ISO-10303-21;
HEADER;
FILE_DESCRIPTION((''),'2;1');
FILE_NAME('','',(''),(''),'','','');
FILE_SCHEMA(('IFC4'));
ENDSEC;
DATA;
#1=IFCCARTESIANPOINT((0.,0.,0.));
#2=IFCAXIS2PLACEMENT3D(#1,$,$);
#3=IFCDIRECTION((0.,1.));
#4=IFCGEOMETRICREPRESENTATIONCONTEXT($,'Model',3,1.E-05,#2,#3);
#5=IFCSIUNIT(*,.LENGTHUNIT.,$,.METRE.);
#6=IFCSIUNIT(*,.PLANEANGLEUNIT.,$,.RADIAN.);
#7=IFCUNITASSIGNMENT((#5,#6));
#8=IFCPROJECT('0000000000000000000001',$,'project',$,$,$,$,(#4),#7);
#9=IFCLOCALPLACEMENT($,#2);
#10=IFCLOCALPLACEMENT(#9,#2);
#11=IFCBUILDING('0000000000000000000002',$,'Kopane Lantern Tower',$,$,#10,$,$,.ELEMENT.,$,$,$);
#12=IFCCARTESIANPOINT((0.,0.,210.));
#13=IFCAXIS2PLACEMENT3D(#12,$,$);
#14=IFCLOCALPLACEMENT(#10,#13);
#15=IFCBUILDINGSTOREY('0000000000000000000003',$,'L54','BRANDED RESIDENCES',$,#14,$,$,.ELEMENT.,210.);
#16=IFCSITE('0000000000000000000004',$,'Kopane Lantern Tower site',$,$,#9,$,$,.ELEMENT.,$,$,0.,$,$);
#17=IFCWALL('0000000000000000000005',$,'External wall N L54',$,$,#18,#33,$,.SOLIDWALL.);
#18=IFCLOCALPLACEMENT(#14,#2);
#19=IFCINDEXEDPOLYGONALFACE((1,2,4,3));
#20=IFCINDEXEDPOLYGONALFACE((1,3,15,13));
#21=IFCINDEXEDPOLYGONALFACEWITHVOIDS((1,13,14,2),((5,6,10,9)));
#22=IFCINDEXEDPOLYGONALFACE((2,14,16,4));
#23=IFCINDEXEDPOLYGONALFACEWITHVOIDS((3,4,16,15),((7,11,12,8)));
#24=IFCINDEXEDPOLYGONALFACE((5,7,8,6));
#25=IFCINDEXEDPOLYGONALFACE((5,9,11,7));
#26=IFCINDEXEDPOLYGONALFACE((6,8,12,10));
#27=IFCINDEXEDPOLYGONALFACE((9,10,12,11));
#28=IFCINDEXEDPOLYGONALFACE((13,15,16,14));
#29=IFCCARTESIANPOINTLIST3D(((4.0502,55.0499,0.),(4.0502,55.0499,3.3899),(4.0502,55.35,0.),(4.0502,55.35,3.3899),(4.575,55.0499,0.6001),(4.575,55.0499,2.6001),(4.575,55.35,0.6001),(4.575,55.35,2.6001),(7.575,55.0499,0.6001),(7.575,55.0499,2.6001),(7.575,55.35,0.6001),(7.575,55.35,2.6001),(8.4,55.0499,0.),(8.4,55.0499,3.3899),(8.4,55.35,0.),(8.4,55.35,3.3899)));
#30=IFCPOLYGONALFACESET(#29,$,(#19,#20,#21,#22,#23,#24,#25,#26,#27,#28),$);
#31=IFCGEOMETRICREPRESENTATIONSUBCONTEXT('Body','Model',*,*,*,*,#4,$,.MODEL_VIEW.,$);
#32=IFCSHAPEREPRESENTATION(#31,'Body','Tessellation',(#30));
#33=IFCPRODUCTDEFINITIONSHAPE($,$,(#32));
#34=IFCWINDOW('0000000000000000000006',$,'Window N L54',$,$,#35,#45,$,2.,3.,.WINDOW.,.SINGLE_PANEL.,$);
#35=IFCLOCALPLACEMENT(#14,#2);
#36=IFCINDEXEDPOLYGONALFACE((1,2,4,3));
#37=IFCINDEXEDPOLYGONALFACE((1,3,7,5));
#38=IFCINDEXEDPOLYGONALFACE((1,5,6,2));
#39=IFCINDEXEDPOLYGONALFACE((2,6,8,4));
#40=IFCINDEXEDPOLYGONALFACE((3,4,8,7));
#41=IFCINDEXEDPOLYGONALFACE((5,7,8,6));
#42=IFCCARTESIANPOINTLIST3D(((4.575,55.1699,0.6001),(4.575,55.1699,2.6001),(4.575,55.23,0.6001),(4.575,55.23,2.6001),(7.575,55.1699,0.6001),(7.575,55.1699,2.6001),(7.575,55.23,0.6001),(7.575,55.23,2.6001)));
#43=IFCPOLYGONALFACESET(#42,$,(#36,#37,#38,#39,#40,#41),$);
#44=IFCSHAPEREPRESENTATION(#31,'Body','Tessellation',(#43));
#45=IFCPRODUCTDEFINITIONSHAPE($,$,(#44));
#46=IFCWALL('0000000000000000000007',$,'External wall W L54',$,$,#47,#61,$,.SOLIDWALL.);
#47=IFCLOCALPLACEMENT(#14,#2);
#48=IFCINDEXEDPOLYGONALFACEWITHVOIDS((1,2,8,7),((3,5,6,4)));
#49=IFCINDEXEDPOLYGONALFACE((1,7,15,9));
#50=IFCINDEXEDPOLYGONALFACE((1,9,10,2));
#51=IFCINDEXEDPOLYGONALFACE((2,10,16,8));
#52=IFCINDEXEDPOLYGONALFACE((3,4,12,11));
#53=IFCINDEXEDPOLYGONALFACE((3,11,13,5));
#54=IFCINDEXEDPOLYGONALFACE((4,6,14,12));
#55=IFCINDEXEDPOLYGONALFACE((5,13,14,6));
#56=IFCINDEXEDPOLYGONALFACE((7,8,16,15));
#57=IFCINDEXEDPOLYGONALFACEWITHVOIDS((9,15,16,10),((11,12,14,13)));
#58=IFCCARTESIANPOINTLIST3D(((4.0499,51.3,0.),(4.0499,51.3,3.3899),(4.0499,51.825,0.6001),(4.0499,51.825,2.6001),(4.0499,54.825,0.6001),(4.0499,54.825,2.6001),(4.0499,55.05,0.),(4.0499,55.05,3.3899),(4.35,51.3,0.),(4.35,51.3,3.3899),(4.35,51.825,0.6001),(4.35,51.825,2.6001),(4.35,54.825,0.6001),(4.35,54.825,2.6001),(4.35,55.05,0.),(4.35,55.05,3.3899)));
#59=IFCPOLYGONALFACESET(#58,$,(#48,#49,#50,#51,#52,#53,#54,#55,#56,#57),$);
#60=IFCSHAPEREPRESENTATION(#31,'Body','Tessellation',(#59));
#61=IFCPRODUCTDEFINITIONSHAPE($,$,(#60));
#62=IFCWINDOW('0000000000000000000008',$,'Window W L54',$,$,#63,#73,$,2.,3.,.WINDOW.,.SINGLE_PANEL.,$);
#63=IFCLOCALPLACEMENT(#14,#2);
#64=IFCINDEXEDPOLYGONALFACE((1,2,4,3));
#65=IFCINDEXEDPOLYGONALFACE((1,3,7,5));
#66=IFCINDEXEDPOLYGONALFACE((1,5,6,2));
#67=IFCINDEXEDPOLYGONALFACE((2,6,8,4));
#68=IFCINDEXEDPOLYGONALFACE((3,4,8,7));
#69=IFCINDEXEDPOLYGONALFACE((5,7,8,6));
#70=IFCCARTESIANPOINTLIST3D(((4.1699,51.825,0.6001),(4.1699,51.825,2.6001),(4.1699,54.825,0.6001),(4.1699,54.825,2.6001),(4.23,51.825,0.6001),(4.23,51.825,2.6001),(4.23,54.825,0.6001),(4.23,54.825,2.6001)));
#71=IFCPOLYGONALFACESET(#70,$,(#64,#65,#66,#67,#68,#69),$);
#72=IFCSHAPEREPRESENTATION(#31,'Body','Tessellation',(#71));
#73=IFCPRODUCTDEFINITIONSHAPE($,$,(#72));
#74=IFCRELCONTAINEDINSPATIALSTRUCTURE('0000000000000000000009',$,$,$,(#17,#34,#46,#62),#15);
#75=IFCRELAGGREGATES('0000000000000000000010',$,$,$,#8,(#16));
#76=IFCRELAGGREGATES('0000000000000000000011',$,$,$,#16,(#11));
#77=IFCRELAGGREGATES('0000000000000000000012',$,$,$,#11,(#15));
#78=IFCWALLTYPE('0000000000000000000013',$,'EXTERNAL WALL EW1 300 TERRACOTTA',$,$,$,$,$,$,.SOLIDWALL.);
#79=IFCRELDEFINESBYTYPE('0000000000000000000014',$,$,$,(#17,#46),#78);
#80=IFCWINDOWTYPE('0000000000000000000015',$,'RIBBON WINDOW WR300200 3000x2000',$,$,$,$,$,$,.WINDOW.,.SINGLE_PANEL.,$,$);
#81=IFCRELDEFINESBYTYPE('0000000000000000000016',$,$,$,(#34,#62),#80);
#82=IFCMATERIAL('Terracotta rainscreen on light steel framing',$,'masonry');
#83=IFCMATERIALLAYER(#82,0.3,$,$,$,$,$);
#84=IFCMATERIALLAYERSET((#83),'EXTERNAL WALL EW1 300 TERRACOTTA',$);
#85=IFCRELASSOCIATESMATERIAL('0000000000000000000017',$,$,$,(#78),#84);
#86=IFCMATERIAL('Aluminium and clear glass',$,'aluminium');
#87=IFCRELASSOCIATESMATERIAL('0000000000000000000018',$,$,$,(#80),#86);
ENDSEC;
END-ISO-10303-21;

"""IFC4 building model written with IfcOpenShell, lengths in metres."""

from ifc_helpers import new_model, si_unit, direction, frame, frame_2d, origin, place, context, subcontext, project, spatial, rectangle, extrude, material, layer, layer_set, type_object, element, fill, save


model = new_model("IFC4")

# Units and contexts
model_context = context("Model", 3, precision=1e-05, world=origin(), true_north=direction((0.0, 1.0)))
body_context = subcontext(model_context, "Body", "Model", "MODEL_VIEW")
ifc_project = project(units=[si_unit("LENGTHUNIT", "METRE"), si_unit("PLANEANGLEUNIT", "RADIAN")], contexts=[model_context])

# Site, building, storey
site_placement = place(None, origin())
site = spatial("IfcSite", under=ifc_project, at=site_placement, Name="Kopane Lantern Tower site", CompositionType="ELEMENT", RefElevation=0.0)
building_placement = place(site_placement, origin())
building = spatial("IfcBuilding", under=site, at=building_placement, Name="Kopane Lantern Tower", CompositionType="ELEMENT")
storey_placement = place(building_placement, frame((0.0, 0.0, 210.0)))
storey = spatial("IfcBuildingStorey", under=building, at=storey_placement, Name="L54", Description="BRANDED RESIDENCES", CompositionType="ELEMENT", Elevation=210.0)

# Walls, openings, windows
ifc_material_1 = material(Name="Terracotta rainscreen on light steel framing", Category="masonry")
ifc_layer_1 = layer(ifc_material_1, 0.3)
ifc_layer_set_1 = layer_set([ifc_layer_1], Name="EXTERNAL WALL EW1 300 TERRACOTTA")
wall_type_1 = type_object("IfcWallType", Name="EXTERNAL WALL EW1 300 TERRACOTTA", PredefinedType="SOLIDWALL", material=ifc_layer_set_1)
ifc_material_2 = material(Name="Aluminium and clear glass", Category="aluminium")
window_type = type_object("IfcWindowType", Name="RIBBON WINDOW WR300200 3000x2000", PartitioningType="SINGLE_PANEL", PredefinedType="WINDOW", material=ifc_material_2)
wall_1_placement = place(storey_placement, frame((8.3999, 55.2, 0.0), z_axis=(0.0, 0.0, 1.0), x_axis=(-1.0, 0.0, 0.0)))
wall_1 = element("IfcWall", 1, at=wall_1_placement, inside=storey, type_object=wall_type_1, Name="External wall N L54", PredefinedType="SOLIDWALL", context=body_context, shape_type="SweptSolid", body=[
    extrude(rectangle(XDim=4.3499, YDim=0.3, at=frame_2d((2.1748, 0.0))), origin(), (0.0, 0.0, 1.0), 3.3899),
])
opening_1_placement = place(wall_1_placement, frame((0.825, 0.0, 0.6001)))
opening_1 = element("IfcOpeningElement", 2, at=opening_1_placement, cuts=wall_1, PredefinedType="OPENING", context=body_context, shape_type="SweptSolid", body=[
    extrude(rectangle(XDim=3.0, YDim=2.0, at=frame_2d((1.5, 1.0))), frame((0.0, 0.1599, 0.0), z_axis=(0.0, -1.0, 0.0), x_axis=(1.0, 0.0, 0.0)), (0.0, 0.0, 1.0), 0.3201),
])
window_1_placement = place(opening_1_placement, origin())
window_1 = element("IfcWindow", 3, at=window_1_placement, inside=storey, type_object=window_type, Name="Window N L54", OverallHeight=2.0, OverallWidth=3.0, PartitioningType="SINGLE_PANEL", PredefinedType="WINDOW", context=body_context, shape_type="SweptSolid", body=[
    extrude(rectangle(XDim=3.0, YDim=2.0, at=frame_2d((1.5, 1.0))), frame((0.0, 0.03, 0.0), z_axis=(0.0, -1.0, 0.0), x_axis=(1.0, 0.0, 0.0)), (0.0, 0.0, 1.0), 0.0601),
])
fill(opening_1, window_1)
wall_2_placement = place(storey_placement, frame((4.2, 55.05, 0.0), z_axis=(0.0, 0.0, 1.0), x_axis=(0.0, -1.0, 0.0)))
wall_2 = element("IfcWall", 4, at=wall_2_placement, inside=storey, type_object=wall_type_1, Name="External wall W L54", PredefinedType="SOLIDWALL", context=body_context, shape_type="SweptSolid", body=[
    extrude(rectangle(XDim=3.75, YDim=0.3, at=frame_2d((1.875, 0.0))), origin(), (0.0, 0.0, 1.0), 3.3899),
])
opening_2_placement = place(wall_2_placement, frame((0.2251, 0.0, 0.6001)))
opening_2 = element("IfcOpeningElement", 5, at=opening_2_placement, cuts=wall_2, PredefinedType="OPENING", context=body_context, shape_type="SweptSolid", body=[
    extrude(rectangle(XDim=3.0, YDim=2.0, at=frame_2d((1.5, 1.0))), frame((0.0, 0.1599, 0.0), z_axis=(0.0, -1.0, 0.0), x_axis=(1.0, 0.0, 0.0)), (0.0, 0.0, 1.0), 0.3201),
])
window_2_placement = place(opening_2_placement, origin())
window_2 = element("IfcWindow", 6, at=window_2_placement, inside=storey, type_object=window_type, Name="Window W L54", OverallHeight=2.0, OverallWidth=3.0, PartitioningType="SINGLE_PANEL", PredefinedType="WINDOW", context=body_context, shape_type="SweptSolid", body=[
    extrude(rectangle(XDim=3.0, YDim=2.0, at=frame_2d((1.5, 1.0))), frame((0.0, 0.03, 0.0), z_axis=(0.0, -1.0, 0.0), x_axis=(1.0, 0.0, 0.0)), (0.0, 0.0, 1.0), 0.0601),
])
fill(opening_2, window_2)

save(model, "model.ifc")
